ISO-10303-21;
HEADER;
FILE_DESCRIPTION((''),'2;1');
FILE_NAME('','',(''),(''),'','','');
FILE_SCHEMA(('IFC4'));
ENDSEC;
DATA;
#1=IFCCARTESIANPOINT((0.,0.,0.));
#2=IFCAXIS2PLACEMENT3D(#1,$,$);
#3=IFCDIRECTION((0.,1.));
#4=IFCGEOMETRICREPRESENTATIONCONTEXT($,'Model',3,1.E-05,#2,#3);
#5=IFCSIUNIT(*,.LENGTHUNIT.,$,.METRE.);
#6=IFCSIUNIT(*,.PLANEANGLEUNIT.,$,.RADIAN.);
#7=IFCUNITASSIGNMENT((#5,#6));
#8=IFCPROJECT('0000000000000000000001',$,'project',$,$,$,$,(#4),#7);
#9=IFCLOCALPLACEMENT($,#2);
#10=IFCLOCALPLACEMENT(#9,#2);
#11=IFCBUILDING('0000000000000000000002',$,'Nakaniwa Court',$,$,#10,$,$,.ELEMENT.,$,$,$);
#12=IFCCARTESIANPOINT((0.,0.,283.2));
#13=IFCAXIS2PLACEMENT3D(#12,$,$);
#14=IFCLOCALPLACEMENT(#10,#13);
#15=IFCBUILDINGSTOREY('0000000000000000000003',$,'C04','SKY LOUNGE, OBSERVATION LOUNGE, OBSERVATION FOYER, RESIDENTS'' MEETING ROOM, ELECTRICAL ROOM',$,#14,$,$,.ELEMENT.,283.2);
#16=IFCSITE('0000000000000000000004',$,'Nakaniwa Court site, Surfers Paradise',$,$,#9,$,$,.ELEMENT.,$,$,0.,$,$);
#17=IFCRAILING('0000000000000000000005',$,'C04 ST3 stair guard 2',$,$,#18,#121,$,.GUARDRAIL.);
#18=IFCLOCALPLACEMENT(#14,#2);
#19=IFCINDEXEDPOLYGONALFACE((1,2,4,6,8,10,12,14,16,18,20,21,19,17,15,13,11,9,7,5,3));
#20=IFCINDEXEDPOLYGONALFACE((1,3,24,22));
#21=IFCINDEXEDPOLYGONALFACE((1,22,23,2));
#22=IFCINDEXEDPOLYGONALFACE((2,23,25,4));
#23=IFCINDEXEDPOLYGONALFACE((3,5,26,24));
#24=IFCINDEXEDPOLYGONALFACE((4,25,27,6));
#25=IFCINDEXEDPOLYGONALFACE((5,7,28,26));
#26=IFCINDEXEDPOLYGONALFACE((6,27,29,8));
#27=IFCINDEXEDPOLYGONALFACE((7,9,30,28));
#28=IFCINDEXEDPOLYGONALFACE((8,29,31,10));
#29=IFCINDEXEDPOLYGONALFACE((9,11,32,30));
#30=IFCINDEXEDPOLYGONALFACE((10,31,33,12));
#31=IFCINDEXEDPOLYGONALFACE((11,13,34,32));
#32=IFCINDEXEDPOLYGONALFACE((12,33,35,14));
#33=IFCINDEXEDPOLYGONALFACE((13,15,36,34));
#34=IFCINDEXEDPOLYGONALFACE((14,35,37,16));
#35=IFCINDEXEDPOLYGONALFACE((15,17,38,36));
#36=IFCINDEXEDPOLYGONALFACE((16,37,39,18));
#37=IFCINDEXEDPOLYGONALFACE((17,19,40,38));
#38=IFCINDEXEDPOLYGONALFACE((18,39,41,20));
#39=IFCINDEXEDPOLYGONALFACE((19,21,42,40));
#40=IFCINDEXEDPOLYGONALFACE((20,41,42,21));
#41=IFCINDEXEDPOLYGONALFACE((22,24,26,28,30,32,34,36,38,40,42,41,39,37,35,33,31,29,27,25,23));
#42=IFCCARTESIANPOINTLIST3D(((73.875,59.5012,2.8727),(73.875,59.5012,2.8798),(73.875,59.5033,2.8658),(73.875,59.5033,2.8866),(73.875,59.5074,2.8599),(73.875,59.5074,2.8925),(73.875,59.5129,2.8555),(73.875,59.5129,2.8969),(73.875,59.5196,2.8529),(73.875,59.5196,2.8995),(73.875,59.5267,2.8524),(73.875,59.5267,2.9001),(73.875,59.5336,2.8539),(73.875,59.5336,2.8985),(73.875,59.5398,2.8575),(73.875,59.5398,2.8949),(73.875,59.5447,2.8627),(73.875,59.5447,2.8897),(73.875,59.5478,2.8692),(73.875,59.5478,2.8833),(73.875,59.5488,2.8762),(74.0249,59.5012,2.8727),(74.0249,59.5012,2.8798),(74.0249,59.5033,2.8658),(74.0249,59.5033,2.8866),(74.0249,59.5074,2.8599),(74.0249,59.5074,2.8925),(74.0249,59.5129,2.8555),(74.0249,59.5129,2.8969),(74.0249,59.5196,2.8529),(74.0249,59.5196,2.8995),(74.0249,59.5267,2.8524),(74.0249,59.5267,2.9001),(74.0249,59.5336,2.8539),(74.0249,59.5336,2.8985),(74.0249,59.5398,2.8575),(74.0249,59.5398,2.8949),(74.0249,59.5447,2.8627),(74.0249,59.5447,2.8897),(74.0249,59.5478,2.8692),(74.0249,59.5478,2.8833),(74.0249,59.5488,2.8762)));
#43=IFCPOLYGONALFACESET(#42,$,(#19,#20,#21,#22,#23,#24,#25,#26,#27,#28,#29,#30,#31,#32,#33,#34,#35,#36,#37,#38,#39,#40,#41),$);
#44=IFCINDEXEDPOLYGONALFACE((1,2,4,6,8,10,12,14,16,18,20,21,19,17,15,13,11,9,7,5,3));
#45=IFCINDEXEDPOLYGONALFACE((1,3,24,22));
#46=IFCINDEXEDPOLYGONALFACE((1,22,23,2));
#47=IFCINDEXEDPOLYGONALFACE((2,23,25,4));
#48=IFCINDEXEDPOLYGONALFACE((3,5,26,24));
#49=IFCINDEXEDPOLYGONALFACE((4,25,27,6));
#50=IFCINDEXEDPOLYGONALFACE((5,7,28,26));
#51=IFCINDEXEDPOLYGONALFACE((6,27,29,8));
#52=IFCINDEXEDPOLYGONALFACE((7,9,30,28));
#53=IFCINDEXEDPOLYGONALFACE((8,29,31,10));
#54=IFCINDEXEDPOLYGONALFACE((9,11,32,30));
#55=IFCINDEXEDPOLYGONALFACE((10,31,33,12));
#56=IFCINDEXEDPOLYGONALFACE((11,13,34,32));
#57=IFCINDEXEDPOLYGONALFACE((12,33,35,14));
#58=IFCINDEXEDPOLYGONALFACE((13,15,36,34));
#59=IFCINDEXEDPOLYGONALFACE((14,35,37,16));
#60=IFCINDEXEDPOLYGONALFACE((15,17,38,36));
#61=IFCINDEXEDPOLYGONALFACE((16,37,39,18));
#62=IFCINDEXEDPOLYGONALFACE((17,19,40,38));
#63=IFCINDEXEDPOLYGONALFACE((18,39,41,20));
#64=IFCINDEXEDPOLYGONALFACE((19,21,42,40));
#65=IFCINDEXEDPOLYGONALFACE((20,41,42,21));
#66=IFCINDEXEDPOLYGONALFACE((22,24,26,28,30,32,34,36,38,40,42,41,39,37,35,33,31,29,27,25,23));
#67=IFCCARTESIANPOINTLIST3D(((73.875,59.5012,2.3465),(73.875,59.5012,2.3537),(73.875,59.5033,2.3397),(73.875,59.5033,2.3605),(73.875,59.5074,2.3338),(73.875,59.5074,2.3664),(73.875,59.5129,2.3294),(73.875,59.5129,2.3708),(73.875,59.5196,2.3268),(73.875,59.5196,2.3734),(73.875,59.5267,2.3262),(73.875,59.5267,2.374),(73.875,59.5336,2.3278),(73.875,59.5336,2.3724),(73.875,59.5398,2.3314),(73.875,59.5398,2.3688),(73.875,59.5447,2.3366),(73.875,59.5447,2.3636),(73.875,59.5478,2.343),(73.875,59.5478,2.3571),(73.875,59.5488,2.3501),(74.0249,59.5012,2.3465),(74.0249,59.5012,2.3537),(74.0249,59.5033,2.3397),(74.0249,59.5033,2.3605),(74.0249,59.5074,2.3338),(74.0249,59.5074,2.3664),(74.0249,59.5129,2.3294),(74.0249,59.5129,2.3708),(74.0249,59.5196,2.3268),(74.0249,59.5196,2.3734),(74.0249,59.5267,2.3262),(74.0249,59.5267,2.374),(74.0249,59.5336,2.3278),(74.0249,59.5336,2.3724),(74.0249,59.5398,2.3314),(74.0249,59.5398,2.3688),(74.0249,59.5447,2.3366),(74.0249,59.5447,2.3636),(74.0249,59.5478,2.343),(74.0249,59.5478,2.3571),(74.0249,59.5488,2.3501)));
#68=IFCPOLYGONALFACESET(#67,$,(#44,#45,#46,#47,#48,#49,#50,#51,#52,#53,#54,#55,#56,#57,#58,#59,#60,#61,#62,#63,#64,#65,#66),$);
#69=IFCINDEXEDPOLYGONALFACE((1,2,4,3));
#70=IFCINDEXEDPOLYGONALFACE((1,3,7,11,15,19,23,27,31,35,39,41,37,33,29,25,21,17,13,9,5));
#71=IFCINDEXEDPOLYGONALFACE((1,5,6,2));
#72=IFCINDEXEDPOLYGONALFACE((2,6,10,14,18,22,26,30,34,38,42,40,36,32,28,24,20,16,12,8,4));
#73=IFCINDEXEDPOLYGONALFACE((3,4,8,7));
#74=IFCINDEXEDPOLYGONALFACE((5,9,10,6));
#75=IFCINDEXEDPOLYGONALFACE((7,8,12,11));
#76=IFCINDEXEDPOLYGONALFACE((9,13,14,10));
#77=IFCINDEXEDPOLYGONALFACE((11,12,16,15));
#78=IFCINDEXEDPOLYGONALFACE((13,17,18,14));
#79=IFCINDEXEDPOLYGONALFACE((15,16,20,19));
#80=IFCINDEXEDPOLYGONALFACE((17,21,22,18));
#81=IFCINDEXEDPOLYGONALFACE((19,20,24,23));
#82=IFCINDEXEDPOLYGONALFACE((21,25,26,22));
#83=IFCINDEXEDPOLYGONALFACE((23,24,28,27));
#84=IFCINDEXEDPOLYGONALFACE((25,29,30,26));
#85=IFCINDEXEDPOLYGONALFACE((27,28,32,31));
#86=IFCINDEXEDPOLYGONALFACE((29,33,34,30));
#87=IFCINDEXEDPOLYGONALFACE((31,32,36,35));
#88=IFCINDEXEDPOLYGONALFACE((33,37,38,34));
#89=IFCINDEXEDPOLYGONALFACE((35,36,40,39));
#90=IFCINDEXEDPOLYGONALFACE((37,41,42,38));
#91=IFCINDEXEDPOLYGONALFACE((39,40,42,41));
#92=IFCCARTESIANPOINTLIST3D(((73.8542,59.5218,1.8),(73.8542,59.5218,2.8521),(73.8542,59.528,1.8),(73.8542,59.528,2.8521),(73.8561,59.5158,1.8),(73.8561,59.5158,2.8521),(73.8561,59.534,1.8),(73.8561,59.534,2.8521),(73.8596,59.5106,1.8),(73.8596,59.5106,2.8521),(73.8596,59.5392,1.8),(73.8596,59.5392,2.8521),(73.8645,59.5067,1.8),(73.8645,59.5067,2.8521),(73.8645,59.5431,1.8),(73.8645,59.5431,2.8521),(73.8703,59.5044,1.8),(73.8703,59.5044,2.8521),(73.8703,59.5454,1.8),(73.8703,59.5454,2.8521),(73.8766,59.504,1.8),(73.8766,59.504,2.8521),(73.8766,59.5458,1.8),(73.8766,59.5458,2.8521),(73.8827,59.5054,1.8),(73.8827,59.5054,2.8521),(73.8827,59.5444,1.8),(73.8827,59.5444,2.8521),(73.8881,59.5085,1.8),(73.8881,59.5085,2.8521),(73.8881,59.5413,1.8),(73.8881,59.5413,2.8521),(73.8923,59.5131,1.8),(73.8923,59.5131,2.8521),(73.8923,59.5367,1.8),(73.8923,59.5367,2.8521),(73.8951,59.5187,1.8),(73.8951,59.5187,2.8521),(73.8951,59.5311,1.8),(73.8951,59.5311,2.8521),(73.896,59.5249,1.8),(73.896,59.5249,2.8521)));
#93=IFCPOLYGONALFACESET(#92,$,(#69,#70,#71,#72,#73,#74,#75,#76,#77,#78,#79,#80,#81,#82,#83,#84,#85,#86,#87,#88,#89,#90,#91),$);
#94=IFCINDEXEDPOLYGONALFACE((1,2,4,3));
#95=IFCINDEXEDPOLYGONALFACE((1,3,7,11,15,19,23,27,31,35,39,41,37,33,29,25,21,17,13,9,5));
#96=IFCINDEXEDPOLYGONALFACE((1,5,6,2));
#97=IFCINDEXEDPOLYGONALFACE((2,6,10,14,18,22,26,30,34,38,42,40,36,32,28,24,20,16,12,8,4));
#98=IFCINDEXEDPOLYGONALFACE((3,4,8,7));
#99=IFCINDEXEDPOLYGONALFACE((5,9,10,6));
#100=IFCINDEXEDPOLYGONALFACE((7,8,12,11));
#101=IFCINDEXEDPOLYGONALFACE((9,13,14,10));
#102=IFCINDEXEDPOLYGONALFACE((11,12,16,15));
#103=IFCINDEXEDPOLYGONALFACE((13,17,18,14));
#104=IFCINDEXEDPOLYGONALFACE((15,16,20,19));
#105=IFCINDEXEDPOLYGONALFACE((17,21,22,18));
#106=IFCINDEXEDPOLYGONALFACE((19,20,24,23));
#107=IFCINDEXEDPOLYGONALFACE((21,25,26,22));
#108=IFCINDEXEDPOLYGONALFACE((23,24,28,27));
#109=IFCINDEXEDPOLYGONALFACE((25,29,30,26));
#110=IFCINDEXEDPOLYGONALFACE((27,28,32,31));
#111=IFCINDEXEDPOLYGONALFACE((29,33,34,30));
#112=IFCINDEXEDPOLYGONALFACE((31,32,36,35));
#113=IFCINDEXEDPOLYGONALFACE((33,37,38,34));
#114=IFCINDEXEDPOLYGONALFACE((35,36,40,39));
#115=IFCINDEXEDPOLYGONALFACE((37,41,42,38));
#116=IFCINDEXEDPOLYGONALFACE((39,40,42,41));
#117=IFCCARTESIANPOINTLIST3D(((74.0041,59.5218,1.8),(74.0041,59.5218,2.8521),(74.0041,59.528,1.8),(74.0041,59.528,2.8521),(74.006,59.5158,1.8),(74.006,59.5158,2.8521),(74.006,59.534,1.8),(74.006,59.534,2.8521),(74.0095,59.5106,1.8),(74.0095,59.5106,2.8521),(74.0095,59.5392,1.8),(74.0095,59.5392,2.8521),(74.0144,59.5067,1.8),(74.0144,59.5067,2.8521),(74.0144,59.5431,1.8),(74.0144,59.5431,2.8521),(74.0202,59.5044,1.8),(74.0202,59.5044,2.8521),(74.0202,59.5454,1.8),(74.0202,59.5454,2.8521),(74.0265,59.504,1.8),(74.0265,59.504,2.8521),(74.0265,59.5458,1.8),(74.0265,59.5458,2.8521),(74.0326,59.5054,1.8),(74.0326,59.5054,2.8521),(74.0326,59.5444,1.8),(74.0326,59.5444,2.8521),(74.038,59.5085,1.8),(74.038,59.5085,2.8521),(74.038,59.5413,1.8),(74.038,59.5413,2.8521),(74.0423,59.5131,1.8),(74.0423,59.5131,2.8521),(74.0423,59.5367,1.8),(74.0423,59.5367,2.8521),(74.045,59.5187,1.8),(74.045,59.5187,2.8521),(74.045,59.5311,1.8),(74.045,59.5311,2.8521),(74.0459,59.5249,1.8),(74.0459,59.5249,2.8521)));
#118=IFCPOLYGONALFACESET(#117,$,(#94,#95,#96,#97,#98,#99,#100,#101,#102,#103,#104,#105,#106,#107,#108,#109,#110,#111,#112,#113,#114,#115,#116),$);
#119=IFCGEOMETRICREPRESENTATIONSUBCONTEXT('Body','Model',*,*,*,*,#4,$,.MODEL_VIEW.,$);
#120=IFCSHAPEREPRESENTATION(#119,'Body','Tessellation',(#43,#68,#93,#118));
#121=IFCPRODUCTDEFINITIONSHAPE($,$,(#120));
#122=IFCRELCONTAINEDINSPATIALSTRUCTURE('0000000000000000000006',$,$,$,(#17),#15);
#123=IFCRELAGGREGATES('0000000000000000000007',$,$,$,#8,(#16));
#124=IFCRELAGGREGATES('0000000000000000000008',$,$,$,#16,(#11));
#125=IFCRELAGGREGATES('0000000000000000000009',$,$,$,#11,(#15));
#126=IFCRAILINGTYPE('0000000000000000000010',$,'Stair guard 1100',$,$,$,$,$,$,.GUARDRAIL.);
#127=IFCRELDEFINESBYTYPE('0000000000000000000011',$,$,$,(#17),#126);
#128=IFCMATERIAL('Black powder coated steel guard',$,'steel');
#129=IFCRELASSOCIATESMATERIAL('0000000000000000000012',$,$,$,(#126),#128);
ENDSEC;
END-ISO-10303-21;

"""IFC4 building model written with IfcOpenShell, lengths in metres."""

from ifc_helpers import new_model, si_unit, direction, frame, origin, origin_2d, place, context, subcontext, project, spatial, circle, extrude, material, type_object, element, save


model = new_model("IFC4")

# Units and contexts
model_context = context("Model", 3, precision=1e-05, world=origin(), true_north=direction((0.0, 1.0)))
body_context = subcontext(model_context, "Body", "Model", "MODEL_VIEW")
ifc_project = project(units=[si_unit("LENGTHUNIT", "METRE"), si_unit("PLANEANGLEUNIT", "RADIAN")], contexts=[model_context])

# Site, building, storey
site_placement = place(None, origin())
site = spatial("IfcSite", under=ifc_project, at=site_placement, Name="Nakaniwa Court site, Surfers Paradise", CompositionType="ELEMENT", RefElevation=0.0)
building_placement = place(site_placement, origin())
building = spatial("IfcBuilding", under=site, at=building_placement, Name="Nakaniwa Court", CompositionType="ELEMENT")
storey_placement = place(building_placement, frame((0.0, 0.0, 283.2)))
storey = spatial("IfcBuildingStorey", under=building, at=storey_placement, Name="C04", Description="SKY LOUNGE, OBSERVATION LOUNGE, OBSERVATION FOYER, RESIDENTS' MEETING ROOM, ELECTRICAL ROOM", CompositionType="ELEMENT", Elevation=283.2)

# Railing
ifc_material_1 = material(Name="Black powder coated steel guard", Category="steel")
railing_type_1 = type_object("IfcRailingType", Name="Stair guard 1100", PredefinedType="GUARDRAIL", material=ifc_material_1)
railing_1_placement = place(storey_placement, frame((73.875, 59.5249, 1.8)))
element("IfcRailing", 1, at=railing_1_placement, inside=storey, type_object=railing_type_1, Name="C04 ST3 stair guard 2", PredefinedType="GUARDRAIL", context=body_context, shape_type="SweptSolid", body=[
    extrude(circle(Radius=0.0239, at=origin_2d()), frame((0.0, 0.0, 1.0762), z_axis=(1.0, 0.0, 0.0), x_axis=(0.0, 1.0, 0.0)), (0.0, 0.0, 1.0), 0.1499),
    extrude(circle(Radius=0.0239, at=origin_2d()), frame((0.0, 0.0, 0.55), z_axis=(1.0, 0.0, 0.0), x_axis=(0.0, 1.0, 0.0)), (0.0, 0.0, 1.0), 0.1499),
    extrude(circle(Radius=0.021, at=origin_2d()), origin(), (0.0, 0.0, 1.0), 1.052),
    extrude(circle(Radius=0.021, at=origin_2d()), frame((0.1499, 0.0, 0.0)), (0.0, 0.0, 1.0), 1.052),
])

save(model, "model.ifc")
